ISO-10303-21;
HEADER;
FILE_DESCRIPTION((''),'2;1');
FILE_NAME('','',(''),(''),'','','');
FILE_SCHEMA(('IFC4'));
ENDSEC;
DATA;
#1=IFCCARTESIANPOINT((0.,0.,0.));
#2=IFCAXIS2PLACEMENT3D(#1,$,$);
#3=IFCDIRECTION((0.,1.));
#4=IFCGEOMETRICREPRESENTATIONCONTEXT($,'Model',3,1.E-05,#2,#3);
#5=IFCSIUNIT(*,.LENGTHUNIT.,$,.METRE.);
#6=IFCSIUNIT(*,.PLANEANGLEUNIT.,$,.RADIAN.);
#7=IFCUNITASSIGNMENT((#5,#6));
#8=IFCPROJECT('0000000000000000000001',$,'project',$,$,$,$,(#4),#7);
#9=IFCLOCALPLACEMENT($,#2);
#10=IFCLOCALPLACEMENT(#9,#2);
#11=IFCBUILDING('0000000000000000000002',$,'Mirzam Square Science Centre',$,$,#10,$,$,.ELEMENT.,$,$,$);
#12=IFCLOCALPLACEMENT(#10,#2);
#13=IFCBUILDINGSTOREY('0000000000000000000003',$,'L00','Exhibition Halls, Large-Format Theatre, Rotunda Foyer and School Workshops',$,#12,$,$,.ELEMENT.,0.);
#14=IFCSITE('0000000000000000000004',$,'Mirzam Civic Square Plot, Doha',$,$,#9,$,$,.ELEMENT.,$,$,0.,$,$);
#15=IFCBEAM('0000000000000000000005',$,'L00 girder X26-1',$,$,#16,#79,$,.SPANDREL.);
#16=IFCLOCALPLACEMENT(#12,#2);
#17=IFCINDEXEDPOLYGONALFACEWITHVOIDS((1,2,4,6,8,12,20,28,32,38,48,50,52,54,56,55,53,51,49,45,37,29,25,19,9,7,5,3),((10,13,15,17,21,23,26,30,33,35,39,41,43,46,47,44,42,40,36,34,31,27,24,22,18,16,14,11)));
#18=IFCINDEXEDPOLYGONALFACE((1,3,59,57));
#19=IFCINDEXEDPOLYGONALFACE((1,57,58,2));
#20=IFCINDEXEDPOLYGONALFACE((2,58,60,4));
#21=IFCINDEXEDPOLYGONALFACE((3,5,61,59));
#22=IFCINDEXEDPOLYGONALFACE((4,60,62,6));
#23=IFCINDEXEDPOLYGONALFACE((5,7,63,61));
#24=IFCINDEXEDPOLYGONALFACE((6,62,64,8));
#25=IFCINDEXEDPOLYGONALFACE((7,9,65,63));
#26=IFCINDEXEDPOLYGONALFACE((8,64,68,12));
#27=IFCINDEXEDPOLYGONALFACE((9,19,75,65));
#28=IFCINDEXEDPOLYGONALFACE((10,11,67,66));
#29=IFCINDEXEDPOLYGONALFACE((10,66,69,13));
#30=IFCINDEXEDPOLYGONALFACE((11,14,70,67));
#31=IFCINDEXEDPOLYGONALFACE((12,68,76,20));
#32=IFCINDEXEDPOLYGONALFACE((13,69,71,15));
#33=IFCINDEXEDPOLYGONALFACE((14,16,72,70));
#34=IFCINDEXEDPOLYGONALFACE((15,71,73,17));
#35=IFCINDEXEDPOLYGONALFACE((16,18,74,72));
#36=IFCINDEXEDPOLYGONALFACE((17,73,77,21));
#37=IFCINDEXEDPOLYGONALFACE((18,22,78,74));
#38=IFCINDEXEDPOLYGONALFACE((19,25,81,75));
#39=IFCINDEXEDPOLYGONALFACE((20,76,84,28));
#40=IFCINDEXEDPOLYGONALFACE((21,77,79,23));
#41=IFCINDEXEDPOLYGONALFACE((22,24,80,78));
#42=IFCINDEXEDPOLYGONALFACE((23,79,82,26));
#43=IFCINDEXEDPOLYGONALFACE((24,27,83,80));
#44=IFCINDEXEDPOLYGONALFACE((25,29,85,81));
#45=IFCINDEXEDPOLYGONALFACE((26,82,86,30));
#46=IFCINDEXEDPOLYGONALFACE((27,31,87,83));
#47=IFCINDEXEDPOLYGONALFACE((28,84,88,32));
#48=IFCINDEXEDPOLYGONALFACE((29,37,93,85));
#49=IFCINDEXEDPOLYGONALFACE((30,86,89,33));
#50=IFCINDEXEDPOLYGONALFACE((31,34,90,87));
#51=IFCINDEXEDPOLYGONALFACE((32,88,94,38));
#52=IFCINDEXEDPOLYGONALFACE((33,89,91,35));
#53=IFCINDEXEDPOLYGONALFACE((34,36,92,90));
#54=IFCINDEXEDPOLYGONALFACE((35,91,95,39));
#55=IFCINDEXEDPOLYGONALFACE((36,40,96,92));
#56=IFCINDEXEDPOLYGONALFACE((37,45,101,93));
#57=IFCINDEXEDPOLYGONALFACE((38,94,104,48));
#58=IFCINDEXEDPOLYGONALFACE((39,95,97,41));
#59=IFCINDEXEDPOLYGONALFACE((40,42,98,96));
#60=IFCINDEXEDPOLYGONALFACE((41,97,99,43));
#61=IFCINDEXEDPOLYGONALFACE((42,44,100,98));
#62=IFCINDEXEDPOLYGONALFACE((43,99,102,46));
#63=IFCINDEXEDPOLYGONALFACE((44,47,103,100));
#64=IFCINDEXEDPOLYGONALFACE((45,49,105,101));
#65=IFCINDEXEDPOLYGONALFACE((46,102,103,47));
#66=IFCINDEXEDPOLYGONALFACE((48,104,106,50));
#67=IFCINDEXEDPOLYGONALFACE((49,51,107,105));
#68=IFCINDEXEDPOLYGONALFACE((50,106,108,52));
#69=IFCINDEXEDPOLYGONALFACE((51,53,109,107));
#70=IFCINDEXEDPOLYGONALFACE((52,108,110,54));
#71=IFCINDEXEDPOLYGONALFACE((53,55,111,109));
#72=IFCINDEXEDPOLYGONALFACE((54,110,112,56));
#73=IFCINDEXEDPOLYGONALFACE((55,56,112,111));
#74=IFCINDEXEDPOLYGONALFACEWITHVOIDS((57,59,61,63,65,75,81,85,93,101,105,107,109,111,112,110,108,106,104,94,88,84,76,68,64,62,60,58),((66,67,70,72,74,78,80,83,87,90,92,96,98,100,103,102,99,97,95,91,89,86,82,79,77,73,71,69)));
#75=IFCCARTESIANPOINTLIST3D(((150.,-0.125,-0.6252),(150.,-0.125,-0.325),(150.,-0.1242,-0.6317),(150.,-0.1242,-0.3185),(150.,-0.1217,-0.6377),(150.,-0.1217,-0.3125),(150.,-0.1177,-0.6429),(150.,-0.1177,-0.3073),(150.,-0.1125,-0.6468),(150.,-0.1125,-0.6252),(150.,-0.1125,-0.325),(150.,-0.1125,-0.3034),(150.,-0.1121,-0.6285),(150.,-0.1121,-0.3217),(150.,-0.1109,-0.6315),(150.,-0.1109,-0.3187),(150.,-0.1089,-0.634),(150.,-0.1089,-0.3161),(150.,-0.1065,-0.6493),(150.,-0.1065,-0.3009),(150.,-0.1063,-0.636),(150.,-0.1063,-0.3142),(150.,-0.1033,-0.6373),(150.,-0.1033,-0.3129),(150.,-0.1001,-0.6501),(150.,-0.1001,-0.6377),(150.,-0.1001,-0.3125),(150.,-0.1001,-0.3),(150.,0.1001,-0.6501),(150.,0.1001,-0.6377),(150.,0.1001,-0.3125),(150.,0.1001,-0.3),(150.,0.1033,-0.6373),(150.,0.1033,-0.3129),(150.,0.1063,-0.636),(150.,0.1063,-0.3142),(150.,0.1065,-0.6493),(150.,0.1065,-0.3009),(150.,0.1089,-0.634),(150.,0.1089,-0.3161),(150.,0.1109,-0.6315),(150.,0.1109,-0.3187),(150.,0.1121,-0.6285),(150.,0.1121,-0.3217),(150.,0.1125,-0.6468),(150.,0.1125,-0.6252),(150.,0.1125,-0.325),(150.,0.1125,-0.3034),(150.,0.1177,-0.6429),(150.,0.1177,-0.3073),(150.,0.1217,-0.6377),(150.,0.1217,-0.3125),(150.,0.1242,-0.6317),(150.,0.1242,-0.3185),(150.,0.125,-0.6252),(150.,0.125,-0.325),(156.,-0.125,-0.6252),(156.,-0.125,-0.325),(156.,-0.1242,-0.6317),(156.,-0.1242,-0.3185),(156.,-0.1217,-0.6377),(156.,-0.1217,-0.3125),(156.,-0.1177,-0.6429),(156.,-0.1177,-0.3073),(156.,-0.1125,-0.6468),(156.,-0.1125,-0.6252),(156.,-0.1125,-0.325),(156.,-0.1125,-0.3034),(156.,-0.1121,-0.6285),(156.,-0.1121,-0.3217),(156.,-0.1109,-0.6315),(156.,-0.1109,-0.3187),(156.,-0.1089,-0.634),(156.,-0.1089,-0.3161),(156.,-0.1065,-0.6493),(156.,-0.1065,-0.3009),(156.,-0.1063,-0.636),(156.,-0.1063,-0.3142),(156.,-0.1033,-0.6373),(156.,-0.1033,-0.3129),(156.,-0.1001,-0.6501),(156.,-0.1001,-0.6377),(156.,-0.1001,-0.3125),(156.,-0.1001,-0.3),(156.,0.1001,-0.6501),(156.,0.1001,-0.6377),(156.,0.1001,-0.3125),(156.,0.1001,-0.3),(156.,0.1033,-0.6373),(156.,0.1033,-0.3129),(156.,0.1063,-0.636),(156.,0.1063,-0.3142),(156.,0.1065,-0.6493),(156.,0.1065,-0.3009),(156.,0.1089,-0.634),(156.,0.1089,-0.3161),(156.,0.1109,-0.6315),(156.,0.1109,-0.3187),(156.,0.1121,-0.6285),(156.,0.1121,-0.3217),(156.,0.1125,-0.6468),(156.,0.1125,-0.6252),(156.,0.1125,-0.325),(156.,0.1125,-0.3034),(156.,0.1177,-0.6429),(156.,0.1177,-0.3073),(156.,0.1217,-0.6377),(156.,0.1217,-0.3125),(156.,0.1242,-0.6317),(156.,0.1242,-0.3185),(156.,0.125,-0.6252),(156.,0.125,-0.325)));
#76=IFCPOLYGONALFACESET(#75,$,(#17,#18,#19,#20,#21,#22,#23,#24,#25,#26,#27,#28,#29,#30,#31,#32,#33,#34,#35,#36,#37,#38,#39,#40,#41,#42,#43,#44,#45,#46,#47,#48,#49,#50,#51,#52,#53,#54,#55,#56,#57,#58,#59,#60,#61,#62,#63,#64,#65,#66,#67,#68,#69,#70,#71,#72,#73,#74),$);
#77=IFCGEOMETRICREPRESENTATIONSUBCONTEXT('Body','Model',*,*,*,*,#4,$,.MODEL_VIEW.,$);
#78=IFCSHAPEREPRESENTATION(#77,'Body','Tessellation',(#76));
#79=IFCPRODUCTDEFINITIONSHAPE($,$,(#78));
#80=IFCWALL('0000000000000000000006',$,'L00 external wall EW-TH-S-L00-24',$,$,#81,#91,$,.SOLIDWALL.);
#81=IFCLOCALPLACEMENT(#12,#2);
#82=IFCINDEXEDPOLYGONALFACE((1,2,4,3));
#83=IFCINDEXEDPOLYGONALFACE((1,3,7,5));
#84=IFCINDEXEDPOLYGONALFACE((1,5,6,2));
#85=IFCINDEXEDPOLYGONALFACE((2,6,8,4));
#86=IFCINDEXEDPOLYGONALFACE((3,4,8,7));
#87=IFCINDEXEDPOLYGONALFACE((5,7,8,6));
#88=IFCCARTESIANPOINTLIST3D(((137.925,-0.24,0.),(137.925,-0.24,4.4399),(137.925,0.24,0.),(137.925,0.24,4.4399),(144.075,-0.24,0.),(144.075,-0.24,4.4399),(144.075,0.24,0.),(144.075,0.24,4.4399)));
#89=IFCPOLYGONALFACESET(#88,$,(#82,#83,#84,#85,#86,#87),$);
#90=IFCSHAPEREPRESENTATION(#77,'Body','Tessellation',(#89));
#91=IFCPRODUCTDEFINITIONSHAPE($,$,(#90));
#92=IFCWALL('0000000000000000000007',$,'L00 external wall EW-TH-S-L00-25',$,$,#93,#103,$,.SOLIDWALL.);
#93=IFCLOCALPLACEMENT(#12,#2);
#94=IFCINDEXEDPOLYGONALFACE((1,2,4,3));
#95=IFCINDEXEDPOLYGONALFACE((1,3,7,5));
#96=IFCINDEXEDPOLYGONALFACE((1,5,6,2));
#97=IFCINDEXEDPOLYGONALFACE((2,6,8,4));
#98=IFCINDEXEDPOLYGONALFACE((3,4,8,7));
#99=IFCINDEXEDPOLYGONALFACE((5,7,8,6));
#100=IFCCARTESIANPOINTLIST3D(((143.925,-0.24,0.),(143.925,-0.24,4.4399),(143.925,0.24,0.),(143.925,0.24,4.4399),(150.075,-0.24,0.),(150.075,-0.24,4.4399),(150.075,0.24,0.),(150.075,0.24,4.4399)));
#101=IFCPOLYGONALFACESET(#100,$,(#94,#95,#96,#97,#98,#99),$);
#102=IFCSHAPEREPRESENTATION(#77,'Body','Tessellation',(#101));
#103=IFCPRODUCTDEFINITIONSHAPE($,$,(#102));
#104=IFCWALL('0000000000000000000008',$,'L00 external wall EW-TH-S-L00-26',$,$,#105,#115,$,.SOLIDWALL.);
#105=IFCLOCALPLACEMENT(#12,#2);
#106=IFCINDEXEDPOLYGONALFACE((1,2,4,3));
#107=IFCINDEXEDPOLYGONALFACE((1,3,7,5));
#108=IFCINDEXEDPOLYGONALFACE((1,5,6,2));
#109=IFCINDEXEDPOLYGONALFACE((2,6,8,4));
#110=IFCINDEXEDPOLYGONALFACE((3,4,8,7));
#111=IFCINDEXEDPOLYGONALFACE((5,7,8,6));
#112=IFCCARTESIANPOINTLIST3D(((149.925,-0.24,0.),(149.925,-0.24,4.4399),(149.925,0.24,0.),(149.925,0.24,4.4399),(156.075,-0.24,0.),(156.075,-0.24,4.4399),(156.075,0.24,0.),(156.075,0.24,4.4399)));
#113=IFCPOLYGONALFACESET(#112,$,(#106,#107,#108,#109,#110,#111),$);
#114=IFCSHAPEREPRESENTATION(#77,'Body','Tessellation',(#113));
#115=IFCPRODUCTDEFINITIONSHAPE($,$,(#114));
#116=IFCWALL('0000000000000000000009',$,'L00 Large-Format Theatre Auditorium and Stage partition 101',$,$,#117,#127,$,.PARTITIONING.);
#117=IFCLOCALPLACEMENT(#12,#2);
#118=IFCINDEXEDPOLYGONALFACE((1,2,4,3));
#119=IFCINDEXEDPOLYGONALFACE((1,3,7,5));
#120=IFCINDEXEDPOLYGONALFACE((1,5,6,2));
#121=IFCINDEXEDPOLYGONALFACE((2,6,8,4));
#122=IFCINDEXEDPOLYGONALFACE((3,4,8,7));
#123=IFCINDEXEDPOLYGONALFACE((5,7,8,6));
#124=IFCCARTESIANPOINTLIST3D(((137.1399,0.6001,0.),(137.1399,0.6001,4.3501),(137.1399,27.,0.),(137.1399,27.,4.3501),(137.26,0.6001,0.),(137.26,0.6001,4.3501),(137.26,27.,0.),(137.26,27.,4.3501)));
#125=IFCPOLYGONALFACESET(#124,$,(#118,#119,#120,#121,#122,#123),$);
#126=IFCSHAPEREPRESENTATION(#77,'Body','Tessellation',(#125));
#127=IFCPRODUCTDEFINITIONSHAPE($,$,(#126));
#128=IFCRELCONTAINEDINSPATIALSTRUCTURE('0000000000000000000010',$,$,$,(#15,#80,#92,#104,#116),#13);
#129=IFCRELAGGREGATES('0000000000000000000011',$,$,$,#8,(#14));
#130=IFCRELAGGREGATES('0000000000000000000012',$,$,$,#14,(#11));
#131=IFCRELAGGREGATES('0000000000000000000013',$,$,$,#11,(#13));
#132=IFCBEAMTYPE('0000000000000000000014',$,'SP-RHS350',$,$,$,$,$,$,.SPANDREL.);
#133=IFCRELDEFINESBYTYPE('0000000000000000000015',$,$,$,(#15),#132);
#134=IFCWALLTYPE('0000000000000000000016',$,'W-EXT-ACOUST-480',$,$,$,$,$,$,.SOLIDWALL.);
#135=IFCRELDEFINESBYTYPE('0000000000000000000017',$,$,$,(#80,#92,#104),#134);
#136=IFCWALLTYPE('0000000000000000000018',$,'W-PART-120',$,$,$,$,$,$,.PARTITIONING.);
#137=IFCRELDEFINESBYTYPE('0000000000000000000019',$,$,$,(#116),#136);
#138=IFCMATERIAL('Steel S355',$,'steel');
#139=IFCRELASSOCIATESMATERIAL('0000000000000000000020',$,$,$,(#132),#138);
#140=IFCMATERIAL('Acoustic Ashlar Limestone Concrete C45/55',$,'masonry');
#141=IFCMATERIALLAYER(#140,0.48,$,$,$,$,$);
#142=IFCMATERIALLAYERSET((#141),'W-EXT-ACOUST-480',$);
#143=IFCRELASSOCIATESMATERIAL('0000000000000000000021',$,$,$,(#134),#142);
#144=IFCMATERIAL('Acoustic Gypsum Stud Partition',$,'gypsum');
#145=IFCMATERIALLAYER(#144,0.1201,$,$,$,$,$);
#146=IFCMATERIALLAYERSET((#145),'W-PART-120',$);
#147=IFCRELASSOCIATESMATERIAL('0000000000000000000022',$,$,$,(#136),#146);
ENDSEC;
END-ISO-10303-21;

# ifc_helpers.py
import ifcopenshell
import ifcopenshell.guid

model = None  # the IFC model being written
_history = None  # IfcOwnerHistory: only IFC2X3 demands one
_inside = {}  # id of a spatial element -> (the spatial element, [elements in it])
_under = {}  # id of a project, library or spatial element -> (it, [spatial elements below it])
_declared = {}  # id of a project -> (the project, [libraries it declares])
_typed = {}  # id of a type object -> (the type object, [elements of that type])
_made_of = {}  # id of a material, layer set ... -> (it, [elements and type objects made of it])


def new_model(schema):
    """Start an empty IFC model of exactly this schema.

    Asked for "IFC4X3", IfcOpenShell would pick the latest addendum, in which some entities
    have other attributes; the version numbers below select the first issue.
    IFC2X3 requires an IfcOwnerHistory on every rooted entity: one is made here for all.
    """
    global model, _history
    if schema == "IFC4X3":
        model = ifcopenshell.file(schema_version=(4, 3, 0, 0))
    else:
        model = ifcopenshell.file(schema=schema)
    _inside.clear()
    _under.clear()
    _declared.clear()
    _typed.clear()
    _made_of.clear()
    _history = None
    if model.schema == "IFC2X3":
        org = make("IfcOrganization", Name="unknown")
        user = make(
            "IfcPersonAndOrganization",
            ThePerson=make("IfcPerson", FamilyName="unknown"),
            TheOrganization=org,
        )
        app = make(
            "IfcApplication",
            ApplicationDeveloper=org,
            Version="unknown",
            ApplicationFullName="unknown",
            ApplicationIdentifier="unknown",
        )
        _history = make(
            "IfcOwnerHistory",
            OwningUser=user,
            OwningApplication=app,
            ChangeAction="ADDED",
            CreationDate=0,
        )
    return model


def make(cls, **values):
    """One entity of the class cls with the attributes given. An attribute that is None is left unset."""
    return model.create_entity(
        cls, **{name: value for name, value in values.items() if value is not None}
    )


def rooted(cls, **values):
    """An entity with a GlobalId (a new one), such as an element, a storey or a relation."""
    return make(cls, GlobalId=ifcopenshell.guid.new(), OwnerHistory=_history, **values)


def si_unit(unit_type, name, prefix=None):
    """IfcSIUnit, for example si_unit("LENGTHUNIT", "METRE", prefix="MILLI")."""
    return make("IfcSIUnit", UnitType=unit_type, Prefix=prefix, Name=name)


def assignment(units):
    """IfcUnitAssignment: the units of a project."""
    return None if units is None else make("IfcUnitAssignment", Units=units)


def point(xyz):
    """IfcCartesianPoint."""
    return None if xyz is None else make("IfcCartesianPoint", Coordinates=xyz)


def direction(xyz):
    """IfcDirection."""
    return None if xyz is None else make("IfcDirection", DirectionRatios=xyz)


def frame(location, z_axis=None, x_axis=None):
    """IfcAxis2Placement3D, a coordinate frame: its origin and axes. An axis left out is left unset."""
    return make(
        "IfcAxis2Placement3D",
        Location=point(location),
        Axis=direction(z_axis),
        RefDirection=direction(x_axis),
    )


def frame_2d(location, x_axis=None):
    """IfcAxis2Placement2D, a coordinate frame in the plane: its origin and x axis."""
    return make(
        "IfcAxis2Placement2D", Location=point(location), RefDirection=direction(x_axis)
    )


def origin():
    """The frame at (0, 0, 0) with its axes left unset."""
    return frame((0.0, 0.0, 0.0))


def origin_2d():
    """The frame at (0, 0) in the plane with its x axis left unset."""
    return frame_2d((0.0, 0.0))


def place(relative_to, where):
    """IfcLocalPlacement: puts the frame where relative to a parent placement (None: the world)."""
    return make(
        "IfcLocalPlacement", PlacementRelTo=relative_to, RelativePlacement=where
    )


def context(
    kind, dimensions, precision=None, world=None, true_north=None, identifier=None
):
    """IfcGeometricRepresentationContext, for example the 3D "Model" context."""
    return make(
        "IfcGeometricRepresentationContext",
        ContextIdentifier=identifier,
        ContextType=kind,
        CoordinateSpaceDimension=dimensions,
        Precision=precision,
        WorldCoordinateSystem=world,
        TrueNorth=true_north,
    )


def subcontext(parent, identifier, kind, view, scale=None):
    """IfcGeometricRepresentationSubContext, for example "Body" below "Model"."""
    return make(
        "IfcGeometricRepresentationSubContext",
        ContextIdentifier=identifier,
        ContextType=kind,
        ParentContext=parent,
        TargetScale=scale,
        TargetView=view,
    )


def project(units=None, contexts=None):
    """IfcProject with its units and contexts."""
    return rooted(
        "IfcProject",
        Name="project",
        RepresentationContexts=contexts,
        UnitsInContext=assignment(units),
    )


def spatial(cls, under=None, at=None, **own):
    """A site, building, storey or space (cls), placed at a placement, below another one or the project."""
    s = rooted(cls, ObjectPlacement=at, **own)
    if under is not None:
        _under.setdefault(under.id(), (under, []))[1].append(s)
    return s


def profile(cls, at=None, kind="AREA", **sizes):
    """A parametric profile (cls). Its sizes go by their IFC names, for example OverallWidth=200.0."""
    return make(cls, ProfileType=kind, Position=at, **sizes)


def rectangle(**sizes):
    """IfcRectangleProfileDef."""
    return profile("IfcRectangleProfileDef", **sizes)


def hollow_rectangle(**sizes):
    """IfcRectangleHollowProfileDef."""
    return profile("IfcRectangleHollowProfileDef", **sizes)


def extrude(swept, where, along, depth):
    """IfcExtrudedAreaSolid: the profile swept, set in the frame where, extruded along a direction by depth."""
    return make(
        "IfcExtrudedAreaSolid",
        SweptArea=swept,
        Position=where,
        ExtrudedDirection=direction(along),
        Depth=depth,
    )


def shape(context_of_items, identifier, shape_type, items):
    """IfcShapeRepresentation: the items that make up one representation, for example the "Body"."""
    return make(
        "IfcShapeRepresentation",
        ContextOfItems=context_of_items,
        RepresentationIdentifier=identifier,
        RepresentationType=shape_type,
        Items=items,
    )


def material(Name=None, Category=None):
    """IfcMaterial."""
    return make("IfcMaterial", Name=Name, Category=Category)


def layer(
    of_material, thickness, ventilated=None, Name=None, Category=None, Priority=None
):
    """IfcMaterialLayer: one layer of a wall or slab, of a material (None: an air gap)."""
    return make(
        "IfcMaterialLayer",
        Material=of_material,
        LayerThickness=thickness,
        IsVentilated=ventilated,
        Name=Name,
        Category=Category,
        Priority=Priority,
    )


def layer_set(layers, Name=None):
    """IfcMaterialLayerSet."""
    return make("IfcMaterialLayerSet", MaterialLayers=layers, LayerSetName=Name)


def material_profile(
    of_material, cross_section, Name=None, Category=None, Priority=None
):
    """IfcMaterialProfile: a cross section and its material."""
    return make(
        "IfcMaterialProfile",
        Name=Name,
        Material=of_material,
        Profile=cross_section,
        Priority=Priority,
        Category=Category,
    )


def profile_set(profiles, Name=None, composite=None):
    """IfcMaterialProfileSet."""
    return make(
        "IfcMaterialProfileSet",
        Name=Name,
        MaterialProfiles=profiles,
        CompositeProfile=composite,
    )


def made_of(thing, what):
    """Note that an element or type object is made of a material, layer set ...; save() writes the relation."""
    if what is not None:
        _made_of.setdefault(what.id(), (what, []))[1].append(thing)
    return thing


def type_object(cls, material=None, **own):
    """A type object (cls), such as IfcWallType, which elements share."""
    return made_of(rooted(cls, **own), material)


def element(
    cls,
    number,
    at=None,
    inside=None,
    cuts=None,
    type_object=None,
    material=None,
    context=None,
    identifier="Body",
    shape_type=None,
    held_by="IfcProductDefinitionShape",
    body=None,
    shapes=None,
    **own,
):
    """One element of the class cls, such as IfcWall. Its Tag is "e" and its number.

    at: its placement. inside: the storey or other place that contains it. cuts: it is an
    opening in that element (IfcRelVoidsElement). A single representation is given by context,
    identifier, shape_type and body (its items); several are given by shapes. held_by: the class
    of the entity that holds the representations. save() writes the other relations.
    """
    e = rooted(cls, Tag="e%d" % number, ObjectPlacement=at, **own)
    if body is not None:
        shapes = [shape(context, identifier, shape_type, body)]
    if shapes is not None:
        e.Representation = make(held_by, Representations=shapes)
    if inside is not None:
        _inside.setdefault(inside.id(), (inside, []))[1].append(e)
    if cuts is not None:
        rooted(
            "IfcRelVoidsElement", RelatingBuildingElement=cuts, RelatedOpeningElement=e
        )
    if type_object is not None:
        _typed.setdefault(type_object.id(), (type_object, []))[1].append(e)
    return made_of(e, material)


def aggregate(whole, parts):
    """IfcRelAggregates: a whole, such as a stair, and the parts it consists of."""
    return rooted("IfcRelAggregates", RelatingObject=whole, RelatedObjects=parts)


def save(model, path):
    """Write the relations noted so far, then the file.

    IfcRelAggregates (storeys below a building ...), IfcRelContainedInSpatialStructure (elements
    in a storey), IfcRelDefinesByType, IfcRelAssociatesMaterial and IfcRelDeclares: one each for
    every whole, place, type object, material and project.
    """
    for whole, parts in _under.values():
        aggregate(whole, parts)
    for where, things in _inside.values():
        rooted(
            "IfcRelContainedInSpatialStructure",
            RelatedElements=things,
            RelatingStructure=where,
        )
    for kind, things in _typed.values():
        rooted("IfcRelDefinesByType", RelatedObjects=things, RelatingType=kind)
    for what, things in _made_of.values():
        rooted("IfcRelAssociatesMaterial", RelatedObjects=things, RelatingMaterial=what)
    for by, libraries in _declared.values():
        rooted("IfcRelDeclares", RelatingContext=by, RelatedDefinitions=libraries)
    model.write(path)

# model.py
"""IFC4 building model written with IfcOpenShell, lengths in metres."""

from ifc_helpers import new_model, si_unit, direction, frame, frame_2d, origin, origin_2d, place, context, subcontext, project, spatial, rectangle, hollow_rectangle, extrude, material, layer, layer_set, material_profile, profile_set, type_object, element, save


model = new_model("IFC4")

# Units and contexts
model_context = context("Model", 3, precision=1e-05, world=origin(), true_north=direction((0.0, 1.0)))
body_context = subcontext(model_context, "Body", "Model", "MODEL_VIEW")
ifc_project = project(units=[si_unit("LENGTHUNIT", "METRE"), si_unit("PLANEANGLEUNIT", "RADIAN")], contexts=[model_context])

# Site, building, storey
site_placement = place(None, origin())
site = spatial("IfcSite", under=ifc_project, at=site_placement, Name="Mirzam Civic Square Plot, Doha", CompositionType="ELEMENT", RefElevation=0.0)
building_placement = place(site_placement, origin())
building = spatial("IfcBuilding", under=site, at=building_placement, Name="Mirzam Square Science Centre", CompositionType="ELEMENT")
storey_placement = place(building_placement, origin())
storey = spatial("IfcBuildingStorey", under=building, at=storey_placement, Name="L00", Description="Exhibition Halls, Large-Format Theatre, Rotunda Foyer and School Workshops", CompositionType="ELEMENT", Elevation=0.0)

# Shared definitions
ifc_material_1 = material(Name="Steel S355", Category="steel")

# Beam
ifc_material_profile_1 = material_profile(ifc_material_1, hollow_rectangle(XDim=0.25, YDim=0.3501, WallThickness=0.0125, InnerFilletRadius=0.0125, OuterFilletRadius=0.0249, at=origin_2d()), Name="350x250x12.5RHS")
ifc_profile_set_1 = profile_set([ifc_material_profile_1], Name="Steel S355")
beam_type_1 = type_object("IfcBeamType", Name="SP-RHS350", PredefinedType="SPANDREL", material=ifc_profile_set_1)
for number, where, z_axis, x_axis, name in (
    (1, (150.0, 0.0, -0.4751), (1.0, 0.0, 0.0), (0.0, 1.0, 0.0), "L00 girder X26-1"),
):
    element("IfcBeam", number, at=place(storey_placement, frame(where, z_axis=z_axis, x_axis=x_axis)), inside=storey, type_object=beam_type_1, Name=name, PredefinedType="SPANDREL", context=body_context, shape_type="SweptSolid", body=[
        extrude(hollow_rectangle(XDim=0.25, YDim=0.3501, WallThickness=0.0125, InnerFilletRadius=0.0125, OuterFilletRadius=0.0249, at=origin_2d()), origin(), (0.0, 0.0, 1.0), 6.0),
    ])

# Walls
ifc_material_2 = material(Name="Acoustic Ashlar Limestone Concrete C45/55", Category="masonry")
ifc_layer_1 = layer(ifc_material_2, 0.48)
ifc_layer_set_1 = layer_set([ifc_layer_1], Name="W-EXT-ACOUST-480")
wall_type_1 = type_object("IfcWallType", Name="W-EXT-ACOUST-480", PredefinedType="SOLIDWALL", material=ifc_layer_set_1)
for number, where, z_axis, x_axis, name in (
    (2, (137.925, 0.0, 0.0), (0.0, 0.0, 1.0), (1.0, 0.0, 0.0), "L00 external wall EW-TH-S-L00-24"),
    (3, (143.925, 0.0, 0.0), (0.0, 0.0, 1.0), (1.0, 0.0, 0.0), "L00 external wall EW-TH-S-L00-25"),
    (4, (149.925, 0.0, 0.0), (0.0, 0.0, 1.0), (1.0, 0.0, 0.0), "L00 external wall EW-TH-S-L00-26"),
):
    element("IfcWall", number, at=place(storey_placement, frame(where, z_axis=z_axis, x_axis=x_axis)), inside=storey, type_object=wall_type_1, Name=name, PredefinedType="SOLIDWALL", context=body_context, shape_type="SweptSolid", body=[
        extrude(rectangle(XDim=6.1499, YDim=0.48, at=frame_2d((3.075, 0.0))), origin(), (0.0, 0.0, 1.0), 4.4399),
    ])
ifc_material_3 = material(Name="Acoustic Gypsum Stud Partition", Category="gypsum")
ifc_layer_2 = layer(ifc_material_3, 0.1201)
ifc_layer_set_2 = layer_set([ifc_layer_2], Name="W-PART-120")
wall_type_2 = type_object("IfcWallType", Name="W-PART-120", PredefinedType="PARTITIONING", material=ifc_layer_set_2)
wall_placement = place(storey_placement, frame((137.2, 0.6001, 0.0), z_axis=(0.0, 0.0, 1.0), x_axis=(0.0, 1.0, 0.0)))
element("IfcWall", 5, at=wall_placement, inside=storey, type_object=wall_type_2, Name="L00 Large-Format Theatre Auditorium and Stage partition 101", PredefinedType="PARTITIONING", context=body_context, shape_type="SweptSolid", body=[
    extrude(rectangle(XDim=26.3999, YDim=0.1201, at=frame_2d((13.2, 0.0))), origin(), (0.0, 0.0, 1.0), 4.3501),
])

save(model, "model.ifc")
